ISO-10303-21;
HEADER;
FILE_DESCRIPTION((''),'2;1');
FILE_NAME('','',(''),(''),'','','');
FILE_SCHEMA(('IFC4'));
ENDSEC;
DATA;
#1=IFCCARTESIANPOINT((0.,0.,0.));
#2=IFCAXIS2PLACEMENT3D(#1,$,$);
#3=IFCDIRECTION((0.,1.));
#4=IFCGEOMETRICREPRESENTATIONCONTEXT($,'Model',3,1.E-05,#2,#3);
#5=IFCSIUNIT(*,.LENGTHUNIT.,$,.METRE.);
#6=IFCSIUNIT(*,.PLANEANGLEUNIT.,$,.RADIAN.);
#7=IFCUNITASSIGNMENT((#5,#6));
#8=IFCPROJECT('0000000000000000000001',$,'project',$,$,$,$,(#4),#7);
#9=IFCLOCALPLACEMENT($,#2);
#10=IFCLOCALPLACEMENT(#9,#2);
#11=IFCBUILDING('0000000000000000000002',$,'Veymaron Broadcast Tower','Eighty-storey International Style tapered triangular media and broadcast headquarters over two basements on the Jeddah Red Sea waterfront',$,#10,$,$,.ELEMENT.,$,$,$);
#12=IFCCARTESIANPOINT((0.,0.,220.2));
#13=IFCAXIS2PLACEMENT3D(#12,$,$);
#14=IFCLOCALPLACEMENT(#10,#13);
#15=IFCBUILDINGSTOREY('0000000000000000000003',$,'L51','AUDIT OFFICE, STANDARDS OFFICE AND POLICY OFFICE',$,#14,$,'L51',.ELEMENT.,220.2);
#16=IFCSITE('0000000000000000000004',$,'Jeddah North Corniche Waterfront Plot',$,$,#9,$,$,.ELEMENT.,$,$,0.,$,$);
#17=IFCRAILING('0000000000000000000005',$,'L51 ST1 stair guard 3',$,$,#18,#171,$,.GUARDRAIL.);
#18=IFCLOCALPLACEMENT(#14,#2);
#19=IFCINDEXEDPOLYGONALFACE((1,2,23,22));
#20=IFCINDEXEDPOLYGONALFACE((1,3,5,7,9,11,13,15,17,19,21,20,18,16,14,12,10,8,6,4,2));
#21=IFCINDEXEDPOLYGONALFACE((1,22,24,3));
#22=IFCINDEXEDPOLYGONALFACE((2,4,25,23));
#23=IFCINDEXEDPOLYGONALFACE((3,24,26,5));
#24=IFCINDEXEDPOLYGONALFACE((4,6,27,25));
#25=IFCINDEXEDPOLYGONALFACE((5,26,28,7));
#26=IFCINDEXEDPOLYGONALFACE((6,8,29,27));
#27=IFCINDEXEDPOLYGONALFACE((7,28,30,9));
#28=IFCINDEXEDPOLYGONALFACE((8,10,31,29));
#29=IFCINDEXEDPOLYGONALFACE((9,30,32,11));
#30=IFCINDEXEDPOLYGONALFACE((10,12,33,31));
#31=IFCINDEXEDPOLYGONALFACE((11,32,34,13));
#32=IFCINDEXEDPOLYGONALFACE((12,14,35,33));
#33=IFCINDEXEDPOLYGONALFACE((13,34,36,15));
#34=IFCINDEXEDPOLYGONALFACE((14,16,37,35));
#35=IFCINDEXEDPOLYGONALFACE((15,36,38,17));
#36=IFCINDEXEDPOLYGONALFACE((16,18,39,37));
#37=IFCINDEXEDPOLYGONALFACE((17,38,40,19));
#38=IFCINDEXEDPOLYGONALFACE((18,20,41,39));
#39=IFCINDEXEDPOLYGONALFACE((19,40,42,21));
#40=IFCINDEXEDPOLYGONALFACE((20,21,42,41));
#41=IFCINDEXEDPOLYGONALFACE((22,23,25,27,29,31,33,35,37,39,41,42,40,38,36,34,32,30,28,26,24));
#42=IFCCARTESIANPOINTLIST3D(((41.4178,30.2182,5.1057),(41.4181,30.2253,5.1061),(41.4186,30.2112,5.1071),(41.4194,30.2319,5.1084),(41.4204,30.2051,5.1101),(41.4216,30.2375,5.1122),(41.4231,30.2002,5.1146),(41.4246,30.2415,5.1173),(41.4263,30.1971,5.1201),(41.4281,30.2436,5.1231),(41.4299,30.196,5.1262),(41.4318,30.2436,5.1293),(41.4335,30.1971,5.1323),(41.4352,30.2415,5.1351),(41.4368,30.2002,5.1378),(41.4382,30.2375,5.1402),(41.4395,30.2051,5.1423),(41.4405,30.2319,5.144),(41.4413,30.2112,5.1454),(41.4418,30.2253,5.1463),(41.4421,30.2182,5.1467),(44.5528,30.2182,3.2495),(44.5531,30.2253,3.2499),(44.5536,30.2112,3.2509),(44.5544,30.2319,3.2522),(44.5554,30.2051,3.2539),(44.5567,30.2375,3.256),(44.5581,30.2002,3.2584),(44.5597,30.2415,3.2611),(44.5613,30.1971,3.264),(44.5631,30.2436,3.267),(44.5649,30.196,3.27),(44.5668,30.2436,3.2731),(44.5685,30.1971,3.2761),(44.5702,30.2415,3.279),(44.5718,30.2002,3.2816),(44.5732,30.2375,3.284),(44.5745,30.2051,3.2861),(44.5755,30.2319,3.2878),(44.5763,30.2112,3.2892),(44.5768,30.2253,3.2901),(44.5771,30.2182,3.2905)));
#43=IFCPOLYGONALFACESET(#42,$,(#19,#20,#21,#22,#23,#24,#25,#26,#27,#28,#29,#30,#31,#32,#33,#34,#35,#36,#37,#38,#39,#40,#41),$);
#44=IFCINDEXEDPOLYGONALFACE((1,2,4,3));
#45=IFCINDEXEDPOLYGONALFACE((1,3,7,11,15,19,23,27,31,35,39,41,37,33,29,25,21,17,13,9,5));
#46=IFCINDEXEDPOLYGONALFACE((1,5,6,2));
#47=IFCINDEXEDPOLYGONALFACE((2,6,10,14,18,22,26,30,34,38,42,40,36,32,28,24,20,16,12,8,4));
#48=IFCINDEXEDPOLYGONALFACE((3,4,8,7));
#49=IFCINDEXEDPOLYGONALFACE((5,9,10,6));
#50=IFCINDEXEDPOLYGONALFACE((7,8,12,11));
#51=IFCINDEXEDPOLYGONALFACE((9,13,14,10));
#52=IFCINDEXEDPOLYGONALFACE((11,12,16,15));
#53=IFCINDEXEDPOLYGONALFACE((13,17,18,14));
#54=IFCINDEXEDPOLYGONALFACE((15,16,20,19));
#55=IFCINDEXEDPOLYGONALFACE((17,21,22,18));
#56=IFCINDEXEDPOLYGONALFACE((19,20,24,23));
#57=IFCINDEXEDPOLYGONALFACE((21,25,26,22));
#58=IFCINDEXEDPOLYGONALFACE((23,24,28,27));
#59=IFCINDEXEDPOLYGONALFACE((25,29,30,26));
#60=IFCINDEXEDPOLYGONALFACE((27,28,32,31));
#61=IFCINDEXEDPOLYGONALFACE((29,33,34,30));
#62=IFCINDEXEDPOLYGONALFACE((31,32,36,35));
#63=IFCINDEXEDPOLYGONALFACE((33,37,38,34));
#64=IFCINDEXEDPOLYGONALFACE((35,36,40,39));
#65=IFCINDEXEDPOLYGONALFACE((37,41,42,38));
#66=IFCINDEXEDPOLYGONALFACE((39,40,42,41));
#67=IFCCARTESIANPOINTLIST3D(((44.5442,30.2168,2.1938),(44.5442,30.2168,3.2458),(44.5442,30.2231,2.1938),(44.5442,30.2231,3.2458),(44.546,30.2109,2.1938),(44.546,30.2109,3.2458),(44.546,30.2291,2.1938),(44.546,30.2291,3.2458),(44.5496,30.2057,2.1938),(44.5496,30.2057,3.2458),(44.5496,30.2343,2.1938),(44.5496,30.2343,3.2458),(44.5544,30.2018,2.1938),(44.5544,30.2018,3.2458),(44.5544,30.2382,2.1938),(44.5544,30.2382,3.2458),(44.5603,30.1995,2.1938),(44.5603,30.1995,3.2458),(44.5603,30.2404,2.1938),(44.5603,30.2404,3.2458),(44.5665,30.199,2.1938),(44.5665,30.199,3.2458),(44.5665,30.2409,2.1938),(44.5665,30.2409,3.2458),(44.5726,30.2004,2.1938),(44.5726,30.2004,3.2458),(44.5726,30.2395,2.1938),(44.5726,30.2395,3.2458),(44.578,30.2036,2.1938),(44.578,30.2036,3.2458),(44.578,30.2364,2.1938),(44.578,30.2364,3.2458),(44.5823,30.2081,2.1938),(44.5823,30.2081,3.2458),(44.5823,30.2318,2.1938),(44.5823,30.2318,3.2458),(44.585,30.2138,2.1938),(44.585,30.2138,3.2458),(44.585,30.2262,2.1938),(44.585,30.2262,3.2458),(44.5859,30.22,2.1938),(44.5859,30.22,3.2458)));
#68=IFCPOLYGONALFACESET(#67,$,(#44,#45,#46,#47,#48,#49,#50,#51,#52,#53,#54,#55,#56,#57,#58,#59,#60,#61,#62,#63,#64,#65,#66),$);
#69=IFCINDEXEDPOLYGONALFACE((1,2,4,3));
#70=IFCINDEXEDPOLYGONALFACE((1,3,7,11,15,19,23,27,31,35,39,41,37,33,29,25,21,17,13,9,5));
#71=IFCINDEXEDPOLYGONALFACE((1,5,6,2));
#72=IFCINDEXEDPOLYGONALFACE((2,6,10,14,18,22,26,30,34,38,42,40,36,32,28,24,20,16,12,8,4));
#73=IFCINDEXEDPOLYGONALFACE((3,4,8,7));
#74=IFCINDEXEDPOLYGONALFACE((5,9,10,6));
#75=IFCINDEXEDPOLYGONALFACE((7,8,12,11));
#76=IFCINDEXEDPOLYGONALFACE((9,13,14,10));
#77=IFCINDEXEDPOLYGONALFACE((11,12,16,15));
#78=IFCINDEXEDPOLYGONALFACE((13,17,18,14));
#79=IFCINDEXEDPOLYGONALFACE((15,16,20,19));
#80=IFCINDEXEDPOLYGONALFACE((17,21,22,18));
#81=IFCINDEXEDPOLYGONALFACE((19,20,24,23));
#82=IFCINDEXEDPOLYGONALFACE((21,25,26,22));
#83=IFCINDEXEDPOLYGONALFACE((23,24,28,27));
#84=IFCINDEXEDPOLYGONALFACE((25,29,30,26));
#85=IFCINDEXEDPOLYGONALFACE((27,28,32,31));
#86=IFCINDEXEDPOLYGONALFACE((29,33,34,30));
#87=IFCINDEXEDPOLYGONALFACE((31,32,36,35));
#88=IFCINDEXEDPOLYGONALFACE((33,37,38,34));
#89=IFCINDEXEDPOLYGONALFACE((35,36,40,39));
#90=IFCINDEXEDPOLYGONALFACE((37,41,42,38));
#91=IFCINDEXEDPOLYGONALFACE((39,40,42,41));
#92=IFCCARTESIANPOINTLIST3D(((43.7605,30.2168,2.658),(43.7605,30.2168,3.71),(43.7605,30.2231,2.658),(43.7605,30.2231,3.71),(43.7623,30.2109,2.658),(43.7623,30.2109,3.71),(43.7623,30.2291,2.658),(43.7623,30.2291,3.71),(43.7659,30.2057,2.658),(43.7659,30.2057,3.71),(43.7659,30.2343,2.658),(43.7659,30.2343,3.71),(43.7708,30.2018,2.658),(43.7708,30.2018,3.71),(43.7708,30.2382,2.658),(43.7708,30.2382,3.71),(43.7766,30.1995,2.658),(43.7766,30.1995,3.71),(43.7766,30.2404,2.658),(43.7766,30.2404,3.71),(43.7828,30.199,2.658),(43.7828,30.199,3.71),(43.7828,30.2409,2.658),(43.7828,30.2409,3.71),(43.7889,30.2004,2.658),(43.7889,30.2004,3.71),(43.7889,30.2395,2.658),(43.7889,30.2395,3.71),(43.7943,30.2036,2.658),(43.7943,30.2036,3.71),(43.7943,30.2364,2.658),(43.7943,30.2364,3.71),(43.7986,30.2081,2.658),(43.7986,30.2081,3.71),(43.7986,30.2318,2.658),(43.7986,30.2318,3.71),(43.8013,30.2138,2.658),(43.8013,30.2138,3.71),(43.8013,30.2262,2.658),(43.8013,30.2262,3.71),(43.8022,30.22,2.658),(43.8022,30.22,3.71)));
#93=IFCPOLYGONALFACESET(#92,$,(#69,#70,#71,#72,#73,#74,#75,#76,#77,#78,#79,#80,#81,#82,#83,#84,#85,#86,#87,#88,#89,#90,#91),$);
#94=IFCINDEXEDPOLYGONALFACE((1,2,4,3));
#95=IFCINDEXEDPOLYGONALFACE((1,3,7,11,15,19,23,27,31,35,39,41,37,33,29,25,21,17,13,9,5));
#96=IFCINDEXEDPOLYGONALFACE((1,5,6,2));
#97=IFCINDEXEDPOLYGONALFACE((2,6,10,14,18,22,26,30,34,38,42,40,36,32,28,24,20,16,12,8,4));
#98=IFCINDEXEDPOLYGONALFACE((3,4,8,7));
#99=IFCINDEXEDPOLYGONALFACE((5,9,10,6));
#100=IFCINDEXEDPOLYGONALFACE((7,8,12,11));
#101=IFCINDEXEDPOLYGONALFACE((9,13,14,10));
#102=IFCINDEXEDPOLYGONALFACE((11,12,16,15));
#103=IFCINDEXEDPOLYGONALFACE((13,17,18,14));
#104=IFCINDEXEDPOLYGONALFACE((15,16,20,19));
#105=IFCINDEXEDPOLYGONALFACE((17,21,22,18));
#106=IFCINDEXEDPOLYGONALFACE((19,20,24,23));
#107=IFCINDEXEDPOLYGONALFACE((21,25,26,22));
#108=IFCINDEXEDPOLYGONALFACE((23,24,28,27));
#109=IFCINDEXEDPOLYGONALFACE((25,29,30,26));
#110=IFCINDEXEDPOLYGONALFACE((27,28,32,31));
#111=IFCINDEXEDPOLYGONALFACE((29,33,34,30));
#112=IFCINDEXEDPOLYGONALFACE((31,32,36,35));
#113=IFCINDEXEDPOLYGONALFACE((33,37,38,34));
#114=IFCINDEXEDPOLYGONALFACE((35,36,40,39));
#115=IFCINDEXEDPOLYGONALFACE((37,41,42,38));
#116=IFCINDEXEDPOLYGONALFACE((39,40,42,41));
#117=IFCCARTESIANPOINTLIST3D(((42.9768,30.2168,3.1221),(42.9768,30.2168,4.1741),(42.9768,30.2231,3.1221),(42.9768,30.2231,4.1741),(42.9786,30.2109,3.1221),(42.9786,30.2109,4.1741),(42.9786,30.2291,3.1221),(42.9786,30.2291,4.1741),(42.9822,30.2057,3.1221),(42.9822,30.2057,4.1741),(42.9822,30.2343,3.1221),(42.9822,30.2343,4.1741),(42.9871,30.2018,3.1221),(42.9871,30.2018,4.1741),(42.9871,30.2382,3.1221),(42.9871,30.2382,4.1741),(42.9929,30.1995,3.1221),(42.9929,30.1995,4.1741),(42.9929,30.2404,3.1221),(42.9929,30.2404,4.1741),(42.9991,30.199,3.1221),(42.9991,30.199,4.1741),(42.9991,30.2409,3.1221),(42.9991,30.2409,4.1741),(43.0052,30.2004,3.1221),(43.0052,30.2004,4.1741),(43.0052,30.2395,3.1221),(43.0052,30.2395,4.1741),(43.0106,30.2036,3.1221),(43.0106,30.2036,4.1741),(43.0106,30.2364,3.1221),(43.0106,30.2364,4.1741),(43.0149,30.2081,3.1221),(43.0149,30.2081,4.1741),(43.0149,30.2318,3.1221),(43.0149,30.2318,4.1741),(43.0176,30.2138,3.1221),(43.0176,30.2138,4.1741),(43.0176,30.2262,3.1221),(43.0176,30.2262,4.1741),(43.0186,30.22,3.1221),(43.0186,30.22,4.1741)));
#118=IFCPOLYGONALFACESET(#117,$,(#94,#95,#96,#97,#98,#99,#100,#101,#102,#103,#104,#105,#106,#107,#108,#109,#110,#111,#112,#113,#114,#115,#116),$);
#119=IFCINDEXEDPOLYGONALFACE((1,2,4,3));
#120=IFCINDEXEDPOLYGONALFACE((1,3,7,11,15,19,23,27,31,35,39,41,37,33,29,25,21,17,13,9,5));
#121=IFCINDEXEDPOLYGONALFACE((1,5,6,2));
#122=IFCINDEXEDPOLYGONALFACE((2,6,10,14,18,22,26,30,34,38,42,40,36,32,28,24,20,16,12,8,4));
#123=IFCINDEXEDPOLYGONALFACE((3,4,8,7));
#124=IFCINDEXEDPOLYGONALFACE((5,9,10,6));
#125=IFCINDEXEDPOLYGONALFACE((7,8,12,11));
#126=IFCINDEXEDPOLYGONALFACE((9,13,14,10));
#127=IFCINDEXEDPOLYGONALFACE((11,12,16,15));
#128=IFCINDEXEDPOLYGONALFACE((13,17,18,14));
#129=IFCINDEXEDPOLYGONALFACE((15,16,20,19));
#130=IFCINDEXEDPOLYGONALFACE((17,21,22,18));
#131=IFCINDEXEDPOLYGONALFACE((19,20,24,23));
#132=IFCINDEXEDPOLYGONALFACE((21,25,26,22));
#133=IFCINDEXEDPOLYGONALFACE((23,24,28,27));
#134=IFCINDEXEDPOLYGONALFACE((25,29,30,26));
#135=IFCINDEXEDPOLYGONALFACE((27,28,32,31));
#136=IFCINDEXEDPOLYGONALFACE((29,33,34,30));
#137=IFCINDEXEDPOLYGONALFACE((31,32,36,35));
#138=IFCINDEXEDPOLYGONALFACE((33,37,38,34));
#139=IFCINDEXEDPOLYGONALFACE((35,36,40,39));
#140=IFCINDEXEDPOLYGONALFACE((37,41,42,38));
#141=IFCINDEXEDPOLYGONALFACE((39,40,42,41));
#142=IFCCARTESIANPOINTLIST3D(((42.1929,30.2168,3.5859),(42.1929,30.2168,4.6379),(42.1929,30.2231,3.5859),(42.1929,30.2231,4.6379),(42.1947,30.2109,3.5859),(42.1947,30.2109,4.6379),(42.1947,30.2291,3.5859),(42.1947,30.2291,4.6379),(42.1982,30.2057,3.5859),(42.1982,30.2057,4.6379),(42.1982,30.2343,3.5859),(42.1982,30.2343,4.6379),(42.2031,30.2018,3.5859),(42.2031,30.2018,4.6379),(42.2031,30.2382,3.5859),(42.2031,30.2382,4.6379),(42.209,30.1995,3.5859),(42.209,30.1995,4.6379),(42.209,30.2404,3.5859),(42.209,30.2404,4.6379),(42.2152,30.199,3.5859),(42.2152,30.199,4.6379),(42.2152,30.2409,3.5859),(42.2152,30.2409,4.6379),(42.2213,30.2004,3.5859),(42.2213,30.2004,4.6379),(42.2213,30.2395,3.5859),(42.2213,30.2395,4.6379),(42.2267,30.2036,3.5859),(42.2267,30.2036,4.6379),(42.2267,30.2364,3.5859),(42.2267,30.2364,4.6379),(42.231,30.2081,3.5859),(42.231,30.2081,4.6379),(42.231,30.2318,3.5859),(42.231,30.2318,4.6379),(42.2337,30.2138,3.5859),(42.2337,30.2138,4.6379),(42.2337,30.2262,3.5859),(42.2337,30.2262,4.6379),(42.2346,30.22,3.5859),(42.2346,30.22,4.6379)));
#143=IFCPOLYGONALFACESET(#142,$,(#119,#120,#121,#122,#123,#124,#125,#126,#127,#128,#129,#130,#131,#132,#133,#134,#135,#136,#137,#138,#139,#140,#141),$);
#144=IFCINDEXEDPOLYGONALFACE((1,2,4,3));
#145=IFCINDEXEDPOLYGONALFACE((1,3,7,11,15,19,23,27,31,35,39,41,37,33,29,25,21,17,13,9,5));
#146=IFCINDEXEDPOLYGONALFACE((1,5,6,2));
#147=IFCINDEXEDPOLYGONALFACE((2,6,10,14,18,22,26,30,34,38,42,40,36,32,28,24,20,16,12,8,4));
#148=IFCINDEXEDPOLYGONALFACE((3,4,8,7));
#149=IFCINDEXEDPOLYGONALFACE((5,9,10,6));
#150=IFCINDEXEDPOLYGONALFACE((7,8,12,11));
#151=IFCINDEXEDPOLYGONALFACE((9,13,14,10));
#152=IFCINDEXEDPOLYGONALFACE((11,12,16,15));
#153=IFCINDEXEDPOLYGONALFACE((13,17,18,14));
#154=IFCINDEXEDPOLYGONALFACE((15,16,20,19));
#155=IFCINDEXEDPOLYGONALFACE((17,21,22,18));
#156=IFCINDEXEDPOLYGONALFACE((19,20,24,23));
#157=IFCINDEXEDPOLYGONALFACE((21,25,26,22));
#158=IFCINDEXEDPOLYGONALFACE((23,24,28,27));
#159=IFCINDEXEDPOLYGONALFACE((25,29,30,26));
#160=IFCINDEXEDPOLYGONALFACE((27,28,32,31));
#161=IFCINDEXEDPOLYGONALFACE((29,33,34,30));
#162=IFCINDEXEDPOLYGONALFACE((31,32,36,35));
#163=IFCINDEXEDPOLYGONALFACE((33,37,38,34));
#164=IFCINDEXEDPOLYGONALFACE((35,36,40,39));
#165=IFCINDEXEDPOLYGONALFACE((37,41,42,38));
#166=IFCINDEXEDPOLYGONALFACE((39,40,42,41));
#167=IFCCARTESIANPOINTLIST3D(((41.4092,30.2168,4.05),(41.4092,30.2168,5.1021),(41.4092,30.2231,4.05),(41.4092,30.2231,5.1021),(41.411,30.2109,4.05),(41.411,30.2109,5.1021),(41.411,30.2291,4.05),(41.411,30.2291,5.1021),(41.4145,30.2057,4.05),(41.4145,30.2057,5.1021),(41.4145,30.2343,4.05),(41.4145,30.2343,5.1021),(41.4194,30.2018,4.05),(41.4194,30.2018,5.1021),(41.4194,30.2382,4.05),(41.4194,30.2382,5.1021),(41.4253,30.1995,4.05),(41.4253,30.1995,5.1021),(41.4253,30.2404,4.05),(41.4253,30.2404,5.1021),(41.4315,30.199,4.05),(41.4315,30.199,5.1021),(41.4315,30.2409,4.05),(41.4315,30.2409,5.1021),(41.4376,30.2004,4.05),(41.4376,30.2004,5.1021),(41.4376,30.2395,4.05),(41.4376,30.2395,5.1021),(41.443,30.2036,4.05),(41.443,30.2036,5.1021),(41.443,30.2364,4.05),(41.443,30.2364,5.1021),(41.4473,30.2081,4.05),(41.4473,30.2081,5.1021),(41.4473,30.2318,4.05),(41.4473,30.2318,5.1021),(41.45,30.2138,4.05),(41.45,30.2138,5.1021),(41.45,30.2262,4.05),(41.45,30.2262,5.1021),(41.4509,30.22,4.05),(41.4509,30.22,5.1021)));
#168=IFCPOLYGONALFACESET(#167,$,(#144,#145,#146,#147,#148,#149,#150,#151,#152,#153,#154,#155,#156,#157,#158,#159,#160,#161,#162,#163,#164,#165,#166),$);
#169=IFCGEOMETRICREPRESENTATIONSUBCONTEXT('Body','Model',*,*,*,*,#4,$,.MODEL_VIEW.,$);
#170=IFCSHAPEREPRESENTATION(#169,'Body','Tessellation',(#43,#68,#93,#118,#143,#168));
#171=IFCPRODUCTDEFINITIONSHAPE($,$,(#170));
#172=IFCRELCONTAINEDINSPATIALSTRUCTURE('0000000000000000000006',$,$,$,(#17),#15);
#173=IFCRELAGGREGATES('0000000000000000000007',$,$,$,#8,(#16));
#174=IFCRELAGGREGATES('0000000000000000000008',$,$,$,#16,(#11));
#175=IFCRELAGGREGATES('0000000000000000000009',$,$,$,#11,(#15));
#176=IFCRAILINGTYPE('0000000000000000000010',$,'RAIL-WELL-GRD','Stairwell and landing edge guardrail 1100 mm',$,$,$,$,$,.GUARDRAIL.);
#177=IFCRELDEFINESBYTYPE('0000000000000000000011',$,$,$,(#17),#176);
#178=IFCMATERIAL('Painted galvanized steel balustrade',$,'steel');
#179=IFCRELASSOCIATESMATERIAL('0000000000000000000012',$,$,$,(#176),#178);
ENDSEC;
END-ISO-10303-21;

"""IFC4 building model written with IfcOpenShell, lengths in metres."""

from ifc_helpers import new_model, si_unit, direction, frame, origin, origin_2d, place, context, subcontext, project, spatial, circle, extrude, material, type_object, element, save


model = new_model("IFC4")

# Units and contexts
model_context = context("Model", 3, precision=1e-05, world=origin(), true_north=direction((0.0, 1.0)))
body_context = subcontext(model_context, "Body", "Model", "MODEL_VIEW")
ifc_project = project(units=[si_unit("LENGTHUNIT", "METRE"), si_unit("PLANEANGLEUNIT", "RADIAN")], contexts=[model_context])

# Site, building, storey
site_placement = place(None, origin())
site = spatial("IfcSite", under=ifc_project, at=site_placement, Name="Jeddah North Corniche Waterfront Plot", CompositionType="ELEMENT", RefElevation=0.0)
building_placement = place(site_placement, origin())
building = spatial("IfcBuilding", under=site, at=building_placement, Name="Veymaron Broadcast Tower", Description="Eighty-storey International Style tapered triangular media and broadcast headquarters over two basements on the Jeddah Red Sea waterfront", CompositionType="ELEMENT")
storey_placement = place(building_placement, frame((0.0, 0.0, 220.2)))
storey = spatial("IfcBuildingStorey", under=building, at=storey_placement, Name="L51", Description="AUDIT OFFICE, STANDARDS OFFICE AND POLICY OFFICE", LongName="L51", CompositionType="ELEMENT", Elevation=220.2)

# Railing
ifc_material_1 = material(Name="Painted galvanized steel balustrade", Category="steel")
railing_type_1 = type_object("IfcRailingType", Name="RAIL-WELL-GRD", Description="Stairwell and landing edge guardrail 1100 mm", PredefinedType="GUARDRAIL", material=ifc_material_1)
railing_1_placement = place(storey_placement, frame((44.5649, 30.22, 2.1938)))
element("IfcRailing", 1, at=railing_1_placement, inside=storey, type_object=railing_type_1, Name="L51 ST1 stair guard 3", PredefinedType="GUARDRAIL", context=body_context, shape_type="SweptSolid", body=[
    extrude(circle(Radius=0.0239, at=origin_2d()), frame((0.0, 0.0, 1.0762), z_axis=(-0.860482, 0.0, 0.509481), x_axis=(0.0, -1.0, 0.0)), (0.0, 0.0, 1.0), 3.6433),
    extrude(circle(Radius=0.021, at=origin_2d()), origin(), (0.0, 0.0, 1.0), 1.052),
    extrude(circle(Radius=0.021, at=origin_2d()), frame((-0.7837, 0.0, 0.4641)), (0.0, 0.0, 1.0), 1.052),
    extrude(circle(Radius=0.021, at=origin_2d()), frame((-1.5674, 0.0, 0.9282)), (0.0, 0.0, 1.0), 1.052),
    extrude(circle(Radius=0.021, at=origin_2d()), frame((-2.3513, 0.0, 1.3921)), (0.0, 0.0, 1.0), 1.052),
    extrude(circle(Radius=0.021, at=origin_2d()), frame((-3.135, 0.0, 1.8562)), (0.0, 0.0, 1.0), 1.052),
])

save(model, "model.ifc")
